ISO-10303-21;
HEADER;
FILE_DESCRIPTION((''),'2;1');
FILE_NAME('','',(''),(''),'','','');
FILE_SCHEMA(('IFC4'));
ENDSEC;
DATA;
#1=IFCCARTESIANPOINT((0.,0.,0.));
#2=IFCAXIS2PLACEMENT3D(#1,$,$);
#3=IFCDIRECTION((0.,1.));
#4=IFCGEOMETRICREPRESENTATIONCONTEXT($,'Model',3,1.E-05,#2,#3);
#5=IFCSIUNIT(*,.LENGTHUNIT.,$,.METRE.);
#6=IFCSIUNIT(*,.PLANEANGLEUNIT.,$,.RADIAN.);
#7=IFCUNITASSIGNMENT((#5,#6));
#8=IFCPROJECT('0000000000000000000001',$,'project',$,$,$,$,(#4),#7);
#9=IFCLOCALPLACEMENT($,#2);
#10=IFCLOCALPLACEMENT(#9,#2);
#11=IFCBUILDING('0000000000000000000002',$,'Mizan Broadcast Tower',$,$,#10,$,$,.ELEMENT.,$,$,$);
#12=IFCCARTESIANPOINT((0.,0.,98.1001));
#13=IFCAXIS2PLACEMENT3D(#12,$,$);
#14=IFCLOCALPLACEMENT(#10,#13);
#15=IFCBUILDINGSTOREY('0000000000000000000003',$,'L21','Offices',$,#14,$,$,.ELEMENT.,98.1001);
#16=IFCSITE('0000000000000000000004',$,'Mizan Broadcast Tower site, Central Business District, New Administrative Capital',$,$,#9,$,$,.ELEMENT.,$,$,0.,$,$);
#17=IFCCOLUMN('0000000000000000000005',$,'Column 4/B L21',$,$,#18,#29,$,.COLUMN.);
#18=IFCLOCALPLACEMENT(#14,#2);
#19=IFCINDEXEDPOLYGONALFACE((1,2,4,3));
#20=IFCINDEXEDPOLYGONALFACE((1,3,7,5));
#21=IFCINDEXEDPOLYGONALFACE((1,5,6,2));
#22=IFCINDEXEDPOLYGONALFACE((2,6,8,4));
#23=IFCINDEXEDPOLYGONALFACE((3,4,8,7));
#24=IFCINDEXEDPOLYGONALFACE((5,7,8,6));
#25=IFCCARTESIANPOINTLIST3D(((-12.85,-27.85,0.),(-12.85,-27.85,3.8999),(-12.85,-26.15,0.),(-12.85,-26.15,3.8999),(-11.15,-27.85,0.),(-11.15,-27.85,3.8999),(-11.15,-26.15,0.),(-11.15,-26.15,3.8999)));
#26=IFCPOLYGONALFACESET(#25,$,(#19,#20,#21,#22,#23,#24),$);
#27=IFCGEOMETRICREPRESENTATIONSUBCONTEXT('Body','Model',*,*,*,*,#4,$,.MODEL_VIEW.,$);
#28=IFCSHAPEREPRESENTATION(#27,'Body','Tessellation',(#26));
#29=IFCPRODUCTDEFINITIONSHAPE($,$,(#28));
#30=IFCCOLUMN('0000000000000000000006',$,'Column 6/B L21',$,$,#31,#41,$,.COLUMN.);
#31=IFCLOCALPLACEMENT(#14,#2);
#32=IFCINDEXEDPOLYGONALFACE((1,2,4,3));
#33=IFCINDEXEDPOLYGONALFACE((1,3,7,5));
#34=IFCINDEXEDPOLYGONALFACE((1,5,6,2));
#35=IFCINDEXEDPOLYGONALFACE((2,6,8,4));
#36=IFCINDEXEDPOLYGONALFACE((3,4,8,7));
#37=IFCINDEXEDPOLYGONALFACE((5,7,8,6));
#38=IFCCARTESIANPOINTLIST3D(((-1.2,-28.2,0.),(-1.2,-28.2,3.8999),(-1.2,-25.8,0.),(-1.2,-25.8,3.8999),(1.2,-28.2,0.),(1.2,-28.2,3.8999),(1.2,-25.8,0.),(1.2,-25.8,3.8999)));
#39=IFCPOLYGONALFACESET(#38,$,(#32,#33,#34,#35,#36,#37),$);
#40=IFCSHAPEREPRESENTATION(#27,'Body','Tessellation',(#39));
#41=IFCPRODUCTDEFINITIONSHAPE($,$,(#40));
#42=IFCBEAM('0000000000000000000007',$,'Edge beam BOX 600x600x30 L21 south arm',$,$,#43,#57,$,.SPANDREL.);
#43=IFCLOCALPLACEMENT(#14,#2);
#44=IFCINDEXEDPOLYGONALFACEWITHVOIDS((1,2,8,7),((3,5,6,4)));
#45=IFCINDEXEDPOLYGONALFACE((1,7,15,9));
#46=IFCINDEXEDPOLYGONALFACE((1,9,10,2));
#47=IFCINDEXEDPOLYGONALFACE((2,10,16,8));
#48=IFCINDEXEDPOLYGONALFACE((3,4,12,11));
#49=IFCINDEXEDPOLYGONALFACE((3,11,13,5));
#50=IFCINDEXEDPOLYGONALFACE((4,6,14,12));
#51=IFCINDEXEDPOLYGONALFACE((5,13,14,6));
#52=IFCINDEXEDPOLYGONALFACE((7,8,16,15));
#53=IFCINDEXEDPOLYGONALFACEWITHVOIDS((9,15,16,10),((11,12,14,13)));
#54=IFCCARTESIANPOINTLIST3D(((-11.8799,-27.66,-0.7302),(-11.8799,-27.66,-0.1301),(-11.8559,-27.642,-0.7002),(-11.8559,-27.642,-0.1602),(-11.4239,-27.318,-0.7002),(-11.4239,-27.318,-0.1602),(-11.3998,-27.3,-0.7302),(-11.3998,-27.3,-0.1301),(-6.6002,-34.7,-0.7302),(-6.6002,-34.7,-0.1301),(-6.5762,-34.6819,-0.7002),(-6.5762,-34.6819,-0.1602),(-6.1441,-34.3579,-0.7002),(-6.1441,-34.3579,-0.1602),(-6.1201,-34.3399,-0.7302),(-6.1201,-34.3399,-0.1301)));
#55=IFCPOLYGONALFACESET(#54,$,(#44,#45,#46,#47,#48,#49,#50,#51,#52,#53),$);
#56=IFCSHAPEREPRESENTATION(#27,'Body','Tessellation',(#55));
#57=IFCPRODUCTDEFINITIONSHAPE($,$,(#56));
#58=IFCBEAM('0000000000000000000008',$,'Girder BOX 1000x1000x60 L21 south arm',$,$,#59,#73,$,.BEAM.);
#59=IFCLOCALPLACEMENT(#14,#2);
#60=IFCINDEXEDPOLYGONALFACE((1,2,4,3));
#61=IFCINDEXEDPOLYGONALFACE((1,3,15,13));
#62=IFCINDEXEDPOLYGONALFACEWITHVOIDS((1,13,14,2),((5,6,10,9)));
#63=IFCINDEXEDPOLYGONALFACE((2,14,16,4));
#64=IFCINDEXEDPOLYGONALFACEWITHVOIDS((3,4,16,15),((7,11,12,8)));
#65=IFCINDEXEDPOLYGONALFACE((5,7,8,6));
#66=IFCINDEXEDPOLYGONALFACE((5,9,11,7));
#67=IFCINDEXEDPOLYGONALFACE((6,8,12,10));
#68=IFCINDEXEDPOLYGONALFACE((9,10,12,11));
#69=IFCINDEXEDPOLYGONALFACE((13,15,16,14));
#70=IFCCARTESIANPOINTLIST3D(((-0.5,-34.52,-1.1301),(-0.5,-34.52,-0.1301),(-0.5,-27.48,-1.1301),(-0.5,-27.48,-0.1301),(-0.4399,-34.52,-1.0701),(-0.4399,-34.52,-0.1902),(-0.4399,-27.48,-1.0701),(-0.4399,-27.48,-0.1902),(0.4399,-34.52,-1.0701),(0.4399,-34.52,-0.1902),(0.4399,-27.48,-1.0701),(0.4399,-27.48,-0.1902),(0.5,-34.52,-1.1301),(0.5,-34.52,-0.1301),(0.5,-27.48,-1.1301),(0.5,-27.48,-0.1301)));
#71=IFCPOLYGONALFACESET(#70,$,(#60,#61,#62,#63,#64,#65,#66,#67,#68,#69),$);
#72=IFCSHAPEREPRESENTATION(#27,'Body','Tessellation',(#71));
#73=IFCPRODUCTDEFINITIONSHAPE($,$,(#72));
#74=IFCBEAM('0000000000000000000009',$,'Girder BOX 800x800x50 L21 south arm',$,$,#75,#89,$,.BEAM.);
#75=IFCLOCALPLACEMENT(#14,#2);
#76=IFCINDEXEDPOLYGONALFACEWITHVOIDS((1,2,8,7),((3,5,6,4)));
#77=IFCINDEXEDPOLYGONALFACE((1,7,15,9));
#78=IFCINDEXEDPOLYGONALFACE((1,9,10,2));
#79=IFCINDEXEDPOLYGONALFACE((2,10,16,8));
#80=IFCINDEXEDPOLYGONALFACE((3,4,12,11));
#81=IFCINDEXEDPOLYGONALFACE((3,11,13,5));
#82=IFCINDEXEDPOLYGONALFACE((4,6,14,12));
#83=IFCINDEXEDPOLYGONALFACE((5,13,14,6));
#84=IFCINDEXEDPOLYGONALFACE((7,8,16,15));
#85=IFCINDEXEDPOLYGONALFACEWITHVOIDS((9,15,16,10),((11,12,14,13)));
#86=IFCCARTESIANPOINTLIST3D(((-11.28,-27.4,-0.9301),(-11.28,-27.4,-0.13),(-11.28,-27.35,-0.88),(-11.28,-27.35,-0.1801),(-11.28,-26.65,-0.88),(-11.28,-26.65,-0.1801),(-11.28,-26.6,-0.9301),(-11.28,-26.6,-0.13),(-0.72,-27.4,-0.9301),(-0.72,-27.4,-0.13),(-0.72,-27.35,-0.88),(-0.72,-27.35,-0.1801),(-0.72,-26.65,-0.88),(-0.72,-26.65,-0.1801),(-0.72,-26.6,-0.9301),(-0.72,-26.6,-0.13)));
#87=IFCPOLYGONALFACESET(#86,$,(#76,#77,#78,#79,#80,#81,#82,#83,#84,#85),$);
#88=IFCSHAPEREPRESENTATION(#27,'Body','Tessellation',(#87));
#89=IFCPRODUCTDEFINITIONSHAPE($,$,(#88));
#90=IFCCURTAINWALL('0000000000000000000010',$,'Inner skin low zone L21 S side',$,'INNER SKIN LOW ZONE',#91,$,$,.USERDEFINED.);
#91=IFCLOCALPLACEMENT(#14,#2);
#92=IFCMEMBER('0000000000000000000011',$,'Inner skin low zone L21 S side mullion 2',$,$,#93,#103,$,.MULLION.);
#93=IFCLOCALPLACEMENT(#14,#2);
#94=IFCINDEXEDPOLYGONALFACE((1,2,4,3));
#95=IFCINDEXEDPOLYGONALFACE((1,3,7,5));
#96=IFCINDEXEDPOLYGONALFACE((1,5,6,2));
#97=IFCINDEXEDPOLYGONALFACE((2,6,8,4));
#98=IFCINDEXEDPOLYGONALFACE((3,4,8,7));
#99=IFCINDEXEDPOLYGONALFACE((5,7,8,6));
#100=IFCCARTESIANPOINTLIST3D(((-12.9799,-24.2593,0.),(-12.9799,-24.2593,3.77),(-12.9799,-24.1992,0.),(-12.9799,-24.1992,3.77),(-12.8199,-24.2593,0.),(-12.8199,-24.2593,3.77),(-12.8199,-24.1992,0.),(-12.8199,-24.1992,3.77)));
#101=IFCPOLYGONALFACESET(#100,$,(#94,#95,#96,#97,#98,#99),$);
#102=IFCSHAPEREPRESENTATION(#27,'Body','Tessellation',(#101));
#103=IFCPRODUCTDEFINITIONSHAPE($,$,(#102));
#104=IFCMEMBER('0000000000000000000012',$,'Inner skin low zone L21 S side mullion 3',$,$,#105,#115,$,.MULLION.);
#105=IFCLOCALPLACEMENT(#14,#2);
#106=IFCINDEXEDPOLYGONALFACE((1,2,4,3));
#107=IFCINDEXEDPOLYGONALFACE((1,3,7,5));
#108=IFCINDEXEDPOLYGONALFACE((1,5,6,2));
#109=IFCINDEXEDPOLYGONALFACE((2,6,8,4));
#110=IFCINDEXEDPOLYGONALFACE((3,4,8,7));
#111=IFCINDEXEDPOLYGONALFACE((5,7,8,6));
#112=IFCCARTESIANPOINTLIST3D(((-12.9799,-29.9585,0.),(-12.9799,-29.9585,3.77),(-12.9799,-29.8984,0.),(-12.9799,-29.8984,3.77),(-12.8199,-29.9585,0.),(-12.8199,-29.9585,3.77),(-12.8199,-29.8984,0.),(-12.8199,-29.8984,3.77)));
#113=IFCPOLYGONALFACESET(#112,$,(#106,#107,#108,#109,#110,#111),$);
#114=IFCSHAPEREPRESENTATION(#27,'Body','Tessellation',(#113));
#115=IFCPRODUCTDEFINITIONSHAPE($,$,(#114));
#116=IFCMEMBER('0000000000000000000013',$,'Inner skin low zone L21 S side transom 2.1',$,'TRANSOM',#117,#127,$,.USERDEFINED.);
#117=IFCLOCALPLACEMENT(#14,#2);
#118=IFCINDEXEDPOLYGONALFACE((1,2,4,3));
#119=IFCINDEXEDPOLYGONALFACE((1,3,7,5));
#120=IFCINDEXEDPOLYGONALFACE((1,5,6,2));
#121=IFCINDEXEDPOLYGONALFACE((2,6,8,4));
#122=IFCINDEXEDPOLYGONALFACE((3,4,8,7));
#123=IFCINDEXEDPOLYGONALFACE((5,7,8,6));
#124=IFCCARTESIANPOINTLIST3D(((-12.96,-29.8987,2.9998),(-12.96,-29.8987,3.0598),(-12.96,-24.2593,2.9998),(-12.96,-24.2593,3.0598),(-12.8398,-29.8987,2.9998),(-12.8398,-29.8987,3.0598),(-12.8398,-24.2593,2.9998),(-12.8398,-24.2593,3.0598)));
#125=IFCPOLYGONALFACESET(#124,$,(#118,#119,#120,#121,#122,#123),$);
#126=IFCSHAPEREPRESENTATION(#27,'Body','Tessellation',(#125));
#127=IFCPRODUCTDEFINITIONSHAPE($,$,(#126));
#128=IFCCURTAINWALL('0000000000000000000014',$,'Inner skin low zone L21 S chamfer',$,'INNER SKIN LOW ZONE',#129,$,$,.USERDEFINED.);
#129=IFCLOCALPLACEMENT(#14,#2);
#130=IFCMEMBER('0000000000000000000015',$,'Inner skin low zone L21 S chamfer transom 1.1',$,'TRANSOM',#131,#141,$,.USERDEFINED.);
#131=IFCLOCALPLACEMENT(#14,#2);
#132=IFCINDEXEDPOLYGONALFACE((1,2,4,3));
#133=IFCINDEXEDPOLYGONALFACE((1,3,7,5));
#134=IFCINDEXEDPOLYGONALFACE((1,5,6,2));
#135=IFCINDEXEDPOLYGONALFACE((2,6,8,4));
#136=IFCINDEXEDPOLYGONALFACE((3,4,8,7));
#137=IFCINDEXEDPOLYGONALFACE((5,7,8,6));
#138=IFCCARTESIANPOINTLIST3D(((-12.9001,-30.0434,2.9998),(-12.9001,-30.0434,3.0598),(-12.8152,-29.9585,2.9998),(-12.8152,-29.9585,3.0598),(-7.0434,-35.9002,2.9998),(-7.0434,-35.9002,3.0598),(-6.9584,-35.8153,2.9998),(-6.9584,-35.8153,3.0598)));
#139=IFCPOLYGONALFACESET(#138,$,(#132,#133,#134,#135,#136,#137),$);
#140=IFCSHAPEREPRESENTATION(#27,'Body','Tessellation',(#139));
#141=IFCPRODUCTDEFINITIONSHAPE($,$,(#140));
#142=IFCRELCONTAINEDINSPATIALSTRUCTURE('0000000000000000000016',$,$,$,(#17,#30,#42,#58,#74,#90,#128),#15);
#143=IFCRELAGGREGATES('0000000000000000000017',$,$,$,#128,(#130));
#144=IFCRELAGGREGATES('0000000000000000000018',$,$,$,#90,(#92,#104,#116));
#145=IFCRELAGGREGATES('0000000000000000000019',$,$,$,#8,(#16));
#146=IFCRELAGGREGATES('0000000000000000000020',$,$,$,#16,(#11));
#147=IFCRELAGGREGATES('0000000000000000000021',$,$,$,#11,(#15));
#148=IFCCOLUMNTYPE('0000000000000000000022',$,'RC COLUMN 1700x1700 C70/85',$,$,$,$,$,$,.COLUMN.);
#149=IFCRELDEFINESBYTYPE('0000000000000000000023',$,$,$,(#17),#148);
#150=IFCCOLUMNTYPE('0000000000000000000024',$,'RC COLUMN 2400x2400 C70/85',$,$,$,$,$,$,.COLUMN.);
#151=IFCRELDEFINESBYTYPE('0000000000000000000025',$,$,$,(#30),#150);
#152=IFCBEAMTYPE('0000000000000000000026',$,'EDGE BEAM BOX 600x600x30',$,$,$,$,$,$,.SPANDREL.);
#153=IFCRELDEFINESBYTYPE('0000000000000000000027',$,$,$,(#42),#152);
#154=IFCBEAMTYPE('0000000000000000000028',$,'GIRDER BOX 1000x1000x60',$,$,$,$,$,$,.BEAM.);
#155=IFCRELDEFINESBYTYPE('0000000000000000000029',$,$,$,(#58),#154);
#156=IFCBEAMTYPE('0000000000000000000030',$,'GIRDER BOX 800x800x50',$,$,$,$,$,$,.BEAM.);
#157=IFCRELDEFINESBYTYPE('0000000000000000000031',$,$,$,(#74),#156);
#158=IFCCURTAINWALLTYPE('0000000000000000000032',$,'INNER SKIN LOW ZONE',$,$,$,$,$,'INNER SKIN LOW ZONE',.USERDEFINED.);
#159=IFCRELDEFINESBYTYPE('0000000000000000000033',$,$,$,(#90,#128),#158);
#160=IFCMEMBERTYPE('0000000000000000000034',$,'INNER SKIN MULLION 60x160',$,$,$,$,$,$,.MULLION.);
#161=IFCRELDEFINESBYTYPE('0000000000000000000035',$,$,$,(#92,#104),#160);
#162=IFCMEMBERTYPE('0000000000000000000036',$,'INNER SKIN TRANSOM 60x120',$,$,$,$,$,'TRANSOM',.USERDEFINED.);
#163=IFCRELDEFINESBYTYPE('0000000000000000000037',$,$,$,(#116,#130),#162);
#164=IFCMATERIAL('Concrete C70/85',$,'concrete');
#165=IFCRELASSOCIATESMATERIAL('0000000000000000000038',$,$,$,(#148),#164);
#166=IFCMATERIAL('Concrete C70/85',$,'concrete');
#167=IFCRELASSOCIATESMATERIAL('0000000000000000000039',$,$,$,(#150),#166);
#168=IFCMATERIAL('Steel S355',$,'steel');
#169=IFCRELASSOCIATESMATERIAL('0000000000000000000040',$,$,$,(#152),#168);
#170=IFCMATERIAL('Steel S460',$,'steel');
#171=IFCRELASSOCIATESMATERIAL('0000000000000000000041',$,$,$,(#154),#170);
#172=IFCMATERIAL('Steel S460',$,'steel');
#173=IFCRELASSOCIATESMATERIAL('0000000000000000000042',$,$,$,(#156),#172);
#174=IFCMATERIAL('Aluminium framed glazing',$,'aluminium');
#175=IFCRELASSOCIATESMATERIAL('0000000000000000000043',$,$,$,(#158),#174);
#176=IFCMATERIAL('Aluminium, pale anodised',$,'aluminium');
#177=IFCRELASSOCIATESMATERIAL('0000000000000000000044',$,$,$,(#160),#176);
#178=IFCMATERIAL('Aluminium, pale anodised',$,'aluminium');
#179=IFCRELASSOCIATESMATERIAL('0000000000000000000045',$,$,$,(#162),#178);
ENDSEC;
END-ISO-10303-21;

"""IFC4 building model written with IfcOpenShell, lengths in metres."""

from ifc_helpers import new_model, si_unit, direction, frame, origin, origin_2d, place, context, subcontext, project, spatial, rectangle, hollow_rectangle, extrude, material, material_profile, profile_set, type_object, element, aggregate, save


model = new_model("IFC4")

# Units and contexts
model_context = context("Model", 3, precision=1e-05, world=origin(), true_north=direction((0.0, 1.0)))
body_context = subcontext(model_context, "Body", "Model", "MODEL_VIEW")
ifc_project = project(units=[si_unit("LENGTHUNIT", "METRE"), si_unit("PLANEANGLEUNIT", "RADIAN")], contexts=[model_context])

# Site, building, storey
site_placement = place(None, origin())
site = spatial("IfcSite", under=ifc_project, at=site_placement, Name="Mizan Broadcast Tower site, Central Business District, New Administrative Capital", CompositionType="ELEMENT", RefElevation=0.0)
building_placement = place(site_placement, origin())
building = spatial("IfcBuilding", under=site, at=building_placement, Name="Mizan Broadcast Tower", CompositionType="ELEMENT")
storey_placement = place(building_placement, frame((0.0, 0.0, 98.1001)))
storey = spatial("IfcBuildingStorey", under=building, at=storey_placement, Name="L21", Description="Offices", CompositionType="ELEMENT", Elevation=98.1001)

# Columns
ifc_material_1 = material(Name="Concrete C70/85", Category="concrete")
ifc_material_profile_1 = material_profile(ifc_material_1, rectangle(XDim=1.7, YDim=1.7, at=origin_2d()), Name="RC 1700x1700")
ifc_profile_set_1 = profile_set([ifc_material_profile_1], Name="Concrete C70/85")
column_type_1 = type_object("IfcColumnType", Name="RC COLUMN 1700x1700 C70/85", PredefinedType="COLUMN", material=ifc_profile_set_1)
column_1_placement = place(storey_placement, frame((-12.0, -27.0, 0.0), z_axis=(0.0, 0.0, 1.0), x_axis=(1.0, 0.0, 0.0)))
element("IfcColumn", 1, at=column_1_placement, inside=storey, type_object=column_type_1, Name="Column 4/B L21", PredefinedType="COLUMN", context=body_context, shape_type="SweptSolid", body=[
    extrude(rectangle(XDim=1.7, YDim=1.7, at=origin_2d()), origin(), (0.0, 0.0, 1.0), 3.8999),
])
ifc_material_2 = material(Name="Concrete C70/85", Category="concrete")
ifc_material_profile_2 = material_profile(ifc_material_2, rectangle(XDim=2.3999, YDim=2.3999, at=origin_2d()), Name="RC 2400x2400")
ifc_profile_set_2 = profile_set([ifc_material_profile_2], Name="Concrete C70/85")
column_type_2 = type_object("IfcColumnType", Name="RC COLUMN 2400x2400 C70/85", PredefinedType="COLUMN", material=ifc_profile_set_2)
column_2_placement = place(storey_placement, frame((0.0, -27.0, 0.0), z_axis=(0.0, 0.0, 1.0), x_axis=(1.0, 0.0, 0.0)))
element("IfcColumn", 2, at=column_2_placement, inside=storey, type_object=column_type_2, Name="Column 6/B L21", PredefinedType="COLUMN", context=body_context, shape_type="SweptSolid", body=[
    extrude(rectangle(XDim=2.3999, YDim=2.3999, at=origin_2d()), origin(), (0.0, 0.0, 1.0), 3.8999),
])

# Beams
ifc_material_3 = material(Name="Steel S355", Category="steel")
ifc_material_profile_3 = material_profile(ifc_material_3, hollow_rectangle(XDim=0.6001, YDim=0.6001, WallThickness=0.03, at=origin_2d()), Name="BOX 600x600x30")
ifc_profile_set_3 = profile_set([ifc_material_profile_3], Name="Steel S355")
beam_type_1 = type_object("IfcBeamType", Name="EDGE BEAM BOX 600x600x30", PredefinedType="SPANDREL", material=ifc_profile_set_3)
beam_1_placement = place(storey_placement, frame((-11.6399, -27.48, -0.4302), z_axis=(0.599982, -0.800013, 0.0), x_axis=(0.800013, 0.599982, 0.0)))
element("IfcBeam", 3, at=beam_1_placement, inside=storey, type_object=beam_type_1, Name="Edge beam BOX 600x600x30 L21 south arm", PredefinedType="SPANDREL", context=body_context, shape_type="SweptSolid", body=[
    extrude(hollow_rectangle(XDim=0.6001, YDim=0.6001, WallThickness=0.03, at=origin_2d()), origin(), (0.0, 0.0, 1.0), 8.7998),
])
ifc_material_4 = material(Name="Steel S460", Category="steel")
ifc_material_profile_4 = material_profile(ifc_material_4, hollow_rectangle(XDim=1.0, YDim=1.0, WallThickness=0.0601, at=origin_2d()), Name="BOX 1000x1000x60")
ifc_profile_set_4 = profile_set([ifc_material_profile_4], Name="Steel S460")
beam_type_2 = type_object("IfcBeamType", Name="GIRDER BOX 1000x1000x60", PredefinedType="BEAM", material=ifc_profile_set_4)
beam_2_placement = place(storey_placement, frame((0.0, -27.48, -0.6301), z_axis=(0.0, -1.0, 0.0), x_axis=(1.0, 0.0, 0.0)))
element("IfcBeam", 4, at=beam_2_placement, inside=storey, type_object=beam_type_2, Name="Girder BOX 1000x1000x60 L21 south arm", PredefinedType="BEAM", context=body_context, shape_type="SweptSolid", body=[
    extrude(hollow_rectangle(XDim=1.0, YDim=1.0, WallThickness=0.0601, at=origin_2d()), origin(), (0.0, 0.0, 1.0), 7.04),
])
ifc_material_5 = material(Name="Steel S460", Category="steel")
ifc_material_profile_5 = material_profile(ifc_material_5, hollow_rectangle(XDim=0.8, YDim=0.8, WallThickness=0.05, at=origin_2d()), Name="BOX 800x800x50")
ifc_profile_set_5 = profile_set([ifc_material_profile_5], Name="Steel S460")
beam_type_3 = type_object("IfcBeamType", Name="GIRDER BOX 800x800x50", PredefinedType="BEAM", material=ifc_profile_set_5)
beam_3_placement = place(storey_placement, frame((-11.28, -27.0, -0.53), z_axis=(1.0, 0.0, 0.0), x_axis=(0.0, 1.0, 0.0)))
element("IfcBeam", 5, at=beam_3_placement, inside=storey, type_object=beam_type_3, Name="Girder BOX 800x800x50 L21 south arm", PredefinedType="BEAM", context=body_context, shape_type="SweptSolid", body=[
    extrude(hollow_rectangle(XDim=0.8, YDim=0.8, WallThickness=0.05, at=origin_2d()), origin(), (0.0, 0.0, 1.0), 10.5601),
])

# Curtain wall, members
ifc_material_6 = material(Name="Aluminium framed glazing", Category="aluminium")
curtain_wall_type_1 = type_object("IfcCurtainWallType", Name="INNER SKIN LOW ZONE", ElementType="INNER SKIN LOW ZONE", PredefinedType="USERDEFINED", material=ifc_material_6)
curtain_wall_1_placement = place(storey_placement, origin())
curtain_wall_1 = element("IfcCurtainWall", 6, at=curtain_wall_1_placement, inside=storey, type_object=curtain_wall_type_1, Name="Inner skin low zone L21 S side", ObjectType="INNER SKIN LOW ZONE", PredefinedType="USERDEFINED")
ifc_material_7 = material(Name="Aluminium, pale anodised", Category="aluminium")
ifc_material_profile_6 = material_profile(ifc_material_7, rectangle(XDim=0.1599, YDim=0.0601, at=origin_2d()), Name="MULLION 160x60")
ifc_profile_set_6 = profile_set([ifc_material_profile_6], Name="Aluminium, pale anodised")
member_type_1 = type_object("IfcMemberType", Name="INNER SKIN MULLION 60x160", PredefinedType="MULLION", material=ifc_profile_set_6)
member_1_placement = place(storey_placement, frame((-12.8999, -24.2292, 0.0), z_axis=(0.0, 0.0, 1.0), x_axis=(1.0, 0.0, 0.0)))
member_1 = element("IfcMember", 7, at=member_1_placement, type_object=member_type_1, Name="Inner skin low zone L21 S side mullion 2", PredefinedType="MULLION", context=body_context, shape_type="SweptSolid", body=[
    extrude(rectangle(XDim=0.1599, YDim=0.0601, at=origin_2d()), origin(), (0.0, 0.0, 1.0), 3.77),
])
member_2_placement = place(storey_placement, frame((-12.8999, -29.9285, 0.0), z_axis=(0.0, 0.0, 1.0), x_axis=(1.0, 0.0, 0.0)))
member_2 = element("IfcMember", 8, at=member_2_placement, type_object=member_type_1, Name="Inner skin low zone L21 S side mullion 3", PredefinedType="MULLION", context=body_context, shape_type="SweptSolid", body=[
    extrude(rectangle(XDim=0.1599, YDim=0.0601, at=origin_2d()), origin(), (0.0, 0.0, 1.0), 3.77),
])
ifc_material_8 = material(Name="Aluminium, pale anodised", Category="aluminium")
ifc_material_profile_7 = material_profile(ifc_material_8, rectangle(XDim=0.1201, YDim=0.0601, at=origin_2d()), Name="TRANSOM 120x60")
ifc_profile_set_7 = profile_set([ifc_material_profile_7], Name="Aluminium, pale anodised")
member_type_2 = type_object("IfcMemberType", Name="INNER SKIN TRANSOM 60x120", ElementType="TRANSOM", PredefinedType="USERDEFINED", material=ifc_profile_set_7)
member_3_placement = place(storey_placement, frame((-12.8999, -24.2593, 3.0298), z_axis=(0.0, -1.0, 0.0), x_axis=(1.0, 0.0, 0.0)))
member_3 = element("IfcMember", 9, at=member_3_placement, type_object=member_type_2, Name="Inner skin low zone L21 S side transom 2.1", ObjectType="TRANSOM", PredefinedType="USERDEFINED", context=body_context, shape_type="SweptSolid", body=[
    extrude(rectangle(XDim=0.1201, YDim=0.0601, at=origin_2d()), origin(), (0.0, 0.0, 1.0), 5.6394),
])

# Curtain wall, member
curtain_wall_2_placement = place(storey_placement, origin())
curtain_wall_2 = element("IfcCurtainWall", 10, at=curtain_wall_2_placement, inside=storey, type_object=curtain_wall_type_1, Name="Inner skin low zone L21 S chamfer", ObjectType="INNER SKIN LOW ZONE", PredefinedType="USERDEFINED")
member_4_placement = place(storey_placement, frame((-12.8577, -30.001, 3.0298), z_axis=(0.707107, -0.707107, 0.0), x_axis=(0.707107, 0.707107, 0.0)))
member_4 = element("IfcMember", 11, at=member_4_placement, type_object=member_type_2, Name="Inner skin low zone L21 S chamfer transom 1.1", ObjectType="TRANSOM", PredefinedType="USERDEFINED", context=body_context, shape_type="SweptSolid", body=[
    extrude(rectangle(XDim=0.1201, YDim=0.0601, at=origin_2d()), origin(), (0.0, 0.0, 1.0), 8.2827),
])
aggregate(curtain_wall_2, [member_4])

aggregate(curtain_wall_1, [member_1, member_2, member_3])

save(model, "model.ifc")
